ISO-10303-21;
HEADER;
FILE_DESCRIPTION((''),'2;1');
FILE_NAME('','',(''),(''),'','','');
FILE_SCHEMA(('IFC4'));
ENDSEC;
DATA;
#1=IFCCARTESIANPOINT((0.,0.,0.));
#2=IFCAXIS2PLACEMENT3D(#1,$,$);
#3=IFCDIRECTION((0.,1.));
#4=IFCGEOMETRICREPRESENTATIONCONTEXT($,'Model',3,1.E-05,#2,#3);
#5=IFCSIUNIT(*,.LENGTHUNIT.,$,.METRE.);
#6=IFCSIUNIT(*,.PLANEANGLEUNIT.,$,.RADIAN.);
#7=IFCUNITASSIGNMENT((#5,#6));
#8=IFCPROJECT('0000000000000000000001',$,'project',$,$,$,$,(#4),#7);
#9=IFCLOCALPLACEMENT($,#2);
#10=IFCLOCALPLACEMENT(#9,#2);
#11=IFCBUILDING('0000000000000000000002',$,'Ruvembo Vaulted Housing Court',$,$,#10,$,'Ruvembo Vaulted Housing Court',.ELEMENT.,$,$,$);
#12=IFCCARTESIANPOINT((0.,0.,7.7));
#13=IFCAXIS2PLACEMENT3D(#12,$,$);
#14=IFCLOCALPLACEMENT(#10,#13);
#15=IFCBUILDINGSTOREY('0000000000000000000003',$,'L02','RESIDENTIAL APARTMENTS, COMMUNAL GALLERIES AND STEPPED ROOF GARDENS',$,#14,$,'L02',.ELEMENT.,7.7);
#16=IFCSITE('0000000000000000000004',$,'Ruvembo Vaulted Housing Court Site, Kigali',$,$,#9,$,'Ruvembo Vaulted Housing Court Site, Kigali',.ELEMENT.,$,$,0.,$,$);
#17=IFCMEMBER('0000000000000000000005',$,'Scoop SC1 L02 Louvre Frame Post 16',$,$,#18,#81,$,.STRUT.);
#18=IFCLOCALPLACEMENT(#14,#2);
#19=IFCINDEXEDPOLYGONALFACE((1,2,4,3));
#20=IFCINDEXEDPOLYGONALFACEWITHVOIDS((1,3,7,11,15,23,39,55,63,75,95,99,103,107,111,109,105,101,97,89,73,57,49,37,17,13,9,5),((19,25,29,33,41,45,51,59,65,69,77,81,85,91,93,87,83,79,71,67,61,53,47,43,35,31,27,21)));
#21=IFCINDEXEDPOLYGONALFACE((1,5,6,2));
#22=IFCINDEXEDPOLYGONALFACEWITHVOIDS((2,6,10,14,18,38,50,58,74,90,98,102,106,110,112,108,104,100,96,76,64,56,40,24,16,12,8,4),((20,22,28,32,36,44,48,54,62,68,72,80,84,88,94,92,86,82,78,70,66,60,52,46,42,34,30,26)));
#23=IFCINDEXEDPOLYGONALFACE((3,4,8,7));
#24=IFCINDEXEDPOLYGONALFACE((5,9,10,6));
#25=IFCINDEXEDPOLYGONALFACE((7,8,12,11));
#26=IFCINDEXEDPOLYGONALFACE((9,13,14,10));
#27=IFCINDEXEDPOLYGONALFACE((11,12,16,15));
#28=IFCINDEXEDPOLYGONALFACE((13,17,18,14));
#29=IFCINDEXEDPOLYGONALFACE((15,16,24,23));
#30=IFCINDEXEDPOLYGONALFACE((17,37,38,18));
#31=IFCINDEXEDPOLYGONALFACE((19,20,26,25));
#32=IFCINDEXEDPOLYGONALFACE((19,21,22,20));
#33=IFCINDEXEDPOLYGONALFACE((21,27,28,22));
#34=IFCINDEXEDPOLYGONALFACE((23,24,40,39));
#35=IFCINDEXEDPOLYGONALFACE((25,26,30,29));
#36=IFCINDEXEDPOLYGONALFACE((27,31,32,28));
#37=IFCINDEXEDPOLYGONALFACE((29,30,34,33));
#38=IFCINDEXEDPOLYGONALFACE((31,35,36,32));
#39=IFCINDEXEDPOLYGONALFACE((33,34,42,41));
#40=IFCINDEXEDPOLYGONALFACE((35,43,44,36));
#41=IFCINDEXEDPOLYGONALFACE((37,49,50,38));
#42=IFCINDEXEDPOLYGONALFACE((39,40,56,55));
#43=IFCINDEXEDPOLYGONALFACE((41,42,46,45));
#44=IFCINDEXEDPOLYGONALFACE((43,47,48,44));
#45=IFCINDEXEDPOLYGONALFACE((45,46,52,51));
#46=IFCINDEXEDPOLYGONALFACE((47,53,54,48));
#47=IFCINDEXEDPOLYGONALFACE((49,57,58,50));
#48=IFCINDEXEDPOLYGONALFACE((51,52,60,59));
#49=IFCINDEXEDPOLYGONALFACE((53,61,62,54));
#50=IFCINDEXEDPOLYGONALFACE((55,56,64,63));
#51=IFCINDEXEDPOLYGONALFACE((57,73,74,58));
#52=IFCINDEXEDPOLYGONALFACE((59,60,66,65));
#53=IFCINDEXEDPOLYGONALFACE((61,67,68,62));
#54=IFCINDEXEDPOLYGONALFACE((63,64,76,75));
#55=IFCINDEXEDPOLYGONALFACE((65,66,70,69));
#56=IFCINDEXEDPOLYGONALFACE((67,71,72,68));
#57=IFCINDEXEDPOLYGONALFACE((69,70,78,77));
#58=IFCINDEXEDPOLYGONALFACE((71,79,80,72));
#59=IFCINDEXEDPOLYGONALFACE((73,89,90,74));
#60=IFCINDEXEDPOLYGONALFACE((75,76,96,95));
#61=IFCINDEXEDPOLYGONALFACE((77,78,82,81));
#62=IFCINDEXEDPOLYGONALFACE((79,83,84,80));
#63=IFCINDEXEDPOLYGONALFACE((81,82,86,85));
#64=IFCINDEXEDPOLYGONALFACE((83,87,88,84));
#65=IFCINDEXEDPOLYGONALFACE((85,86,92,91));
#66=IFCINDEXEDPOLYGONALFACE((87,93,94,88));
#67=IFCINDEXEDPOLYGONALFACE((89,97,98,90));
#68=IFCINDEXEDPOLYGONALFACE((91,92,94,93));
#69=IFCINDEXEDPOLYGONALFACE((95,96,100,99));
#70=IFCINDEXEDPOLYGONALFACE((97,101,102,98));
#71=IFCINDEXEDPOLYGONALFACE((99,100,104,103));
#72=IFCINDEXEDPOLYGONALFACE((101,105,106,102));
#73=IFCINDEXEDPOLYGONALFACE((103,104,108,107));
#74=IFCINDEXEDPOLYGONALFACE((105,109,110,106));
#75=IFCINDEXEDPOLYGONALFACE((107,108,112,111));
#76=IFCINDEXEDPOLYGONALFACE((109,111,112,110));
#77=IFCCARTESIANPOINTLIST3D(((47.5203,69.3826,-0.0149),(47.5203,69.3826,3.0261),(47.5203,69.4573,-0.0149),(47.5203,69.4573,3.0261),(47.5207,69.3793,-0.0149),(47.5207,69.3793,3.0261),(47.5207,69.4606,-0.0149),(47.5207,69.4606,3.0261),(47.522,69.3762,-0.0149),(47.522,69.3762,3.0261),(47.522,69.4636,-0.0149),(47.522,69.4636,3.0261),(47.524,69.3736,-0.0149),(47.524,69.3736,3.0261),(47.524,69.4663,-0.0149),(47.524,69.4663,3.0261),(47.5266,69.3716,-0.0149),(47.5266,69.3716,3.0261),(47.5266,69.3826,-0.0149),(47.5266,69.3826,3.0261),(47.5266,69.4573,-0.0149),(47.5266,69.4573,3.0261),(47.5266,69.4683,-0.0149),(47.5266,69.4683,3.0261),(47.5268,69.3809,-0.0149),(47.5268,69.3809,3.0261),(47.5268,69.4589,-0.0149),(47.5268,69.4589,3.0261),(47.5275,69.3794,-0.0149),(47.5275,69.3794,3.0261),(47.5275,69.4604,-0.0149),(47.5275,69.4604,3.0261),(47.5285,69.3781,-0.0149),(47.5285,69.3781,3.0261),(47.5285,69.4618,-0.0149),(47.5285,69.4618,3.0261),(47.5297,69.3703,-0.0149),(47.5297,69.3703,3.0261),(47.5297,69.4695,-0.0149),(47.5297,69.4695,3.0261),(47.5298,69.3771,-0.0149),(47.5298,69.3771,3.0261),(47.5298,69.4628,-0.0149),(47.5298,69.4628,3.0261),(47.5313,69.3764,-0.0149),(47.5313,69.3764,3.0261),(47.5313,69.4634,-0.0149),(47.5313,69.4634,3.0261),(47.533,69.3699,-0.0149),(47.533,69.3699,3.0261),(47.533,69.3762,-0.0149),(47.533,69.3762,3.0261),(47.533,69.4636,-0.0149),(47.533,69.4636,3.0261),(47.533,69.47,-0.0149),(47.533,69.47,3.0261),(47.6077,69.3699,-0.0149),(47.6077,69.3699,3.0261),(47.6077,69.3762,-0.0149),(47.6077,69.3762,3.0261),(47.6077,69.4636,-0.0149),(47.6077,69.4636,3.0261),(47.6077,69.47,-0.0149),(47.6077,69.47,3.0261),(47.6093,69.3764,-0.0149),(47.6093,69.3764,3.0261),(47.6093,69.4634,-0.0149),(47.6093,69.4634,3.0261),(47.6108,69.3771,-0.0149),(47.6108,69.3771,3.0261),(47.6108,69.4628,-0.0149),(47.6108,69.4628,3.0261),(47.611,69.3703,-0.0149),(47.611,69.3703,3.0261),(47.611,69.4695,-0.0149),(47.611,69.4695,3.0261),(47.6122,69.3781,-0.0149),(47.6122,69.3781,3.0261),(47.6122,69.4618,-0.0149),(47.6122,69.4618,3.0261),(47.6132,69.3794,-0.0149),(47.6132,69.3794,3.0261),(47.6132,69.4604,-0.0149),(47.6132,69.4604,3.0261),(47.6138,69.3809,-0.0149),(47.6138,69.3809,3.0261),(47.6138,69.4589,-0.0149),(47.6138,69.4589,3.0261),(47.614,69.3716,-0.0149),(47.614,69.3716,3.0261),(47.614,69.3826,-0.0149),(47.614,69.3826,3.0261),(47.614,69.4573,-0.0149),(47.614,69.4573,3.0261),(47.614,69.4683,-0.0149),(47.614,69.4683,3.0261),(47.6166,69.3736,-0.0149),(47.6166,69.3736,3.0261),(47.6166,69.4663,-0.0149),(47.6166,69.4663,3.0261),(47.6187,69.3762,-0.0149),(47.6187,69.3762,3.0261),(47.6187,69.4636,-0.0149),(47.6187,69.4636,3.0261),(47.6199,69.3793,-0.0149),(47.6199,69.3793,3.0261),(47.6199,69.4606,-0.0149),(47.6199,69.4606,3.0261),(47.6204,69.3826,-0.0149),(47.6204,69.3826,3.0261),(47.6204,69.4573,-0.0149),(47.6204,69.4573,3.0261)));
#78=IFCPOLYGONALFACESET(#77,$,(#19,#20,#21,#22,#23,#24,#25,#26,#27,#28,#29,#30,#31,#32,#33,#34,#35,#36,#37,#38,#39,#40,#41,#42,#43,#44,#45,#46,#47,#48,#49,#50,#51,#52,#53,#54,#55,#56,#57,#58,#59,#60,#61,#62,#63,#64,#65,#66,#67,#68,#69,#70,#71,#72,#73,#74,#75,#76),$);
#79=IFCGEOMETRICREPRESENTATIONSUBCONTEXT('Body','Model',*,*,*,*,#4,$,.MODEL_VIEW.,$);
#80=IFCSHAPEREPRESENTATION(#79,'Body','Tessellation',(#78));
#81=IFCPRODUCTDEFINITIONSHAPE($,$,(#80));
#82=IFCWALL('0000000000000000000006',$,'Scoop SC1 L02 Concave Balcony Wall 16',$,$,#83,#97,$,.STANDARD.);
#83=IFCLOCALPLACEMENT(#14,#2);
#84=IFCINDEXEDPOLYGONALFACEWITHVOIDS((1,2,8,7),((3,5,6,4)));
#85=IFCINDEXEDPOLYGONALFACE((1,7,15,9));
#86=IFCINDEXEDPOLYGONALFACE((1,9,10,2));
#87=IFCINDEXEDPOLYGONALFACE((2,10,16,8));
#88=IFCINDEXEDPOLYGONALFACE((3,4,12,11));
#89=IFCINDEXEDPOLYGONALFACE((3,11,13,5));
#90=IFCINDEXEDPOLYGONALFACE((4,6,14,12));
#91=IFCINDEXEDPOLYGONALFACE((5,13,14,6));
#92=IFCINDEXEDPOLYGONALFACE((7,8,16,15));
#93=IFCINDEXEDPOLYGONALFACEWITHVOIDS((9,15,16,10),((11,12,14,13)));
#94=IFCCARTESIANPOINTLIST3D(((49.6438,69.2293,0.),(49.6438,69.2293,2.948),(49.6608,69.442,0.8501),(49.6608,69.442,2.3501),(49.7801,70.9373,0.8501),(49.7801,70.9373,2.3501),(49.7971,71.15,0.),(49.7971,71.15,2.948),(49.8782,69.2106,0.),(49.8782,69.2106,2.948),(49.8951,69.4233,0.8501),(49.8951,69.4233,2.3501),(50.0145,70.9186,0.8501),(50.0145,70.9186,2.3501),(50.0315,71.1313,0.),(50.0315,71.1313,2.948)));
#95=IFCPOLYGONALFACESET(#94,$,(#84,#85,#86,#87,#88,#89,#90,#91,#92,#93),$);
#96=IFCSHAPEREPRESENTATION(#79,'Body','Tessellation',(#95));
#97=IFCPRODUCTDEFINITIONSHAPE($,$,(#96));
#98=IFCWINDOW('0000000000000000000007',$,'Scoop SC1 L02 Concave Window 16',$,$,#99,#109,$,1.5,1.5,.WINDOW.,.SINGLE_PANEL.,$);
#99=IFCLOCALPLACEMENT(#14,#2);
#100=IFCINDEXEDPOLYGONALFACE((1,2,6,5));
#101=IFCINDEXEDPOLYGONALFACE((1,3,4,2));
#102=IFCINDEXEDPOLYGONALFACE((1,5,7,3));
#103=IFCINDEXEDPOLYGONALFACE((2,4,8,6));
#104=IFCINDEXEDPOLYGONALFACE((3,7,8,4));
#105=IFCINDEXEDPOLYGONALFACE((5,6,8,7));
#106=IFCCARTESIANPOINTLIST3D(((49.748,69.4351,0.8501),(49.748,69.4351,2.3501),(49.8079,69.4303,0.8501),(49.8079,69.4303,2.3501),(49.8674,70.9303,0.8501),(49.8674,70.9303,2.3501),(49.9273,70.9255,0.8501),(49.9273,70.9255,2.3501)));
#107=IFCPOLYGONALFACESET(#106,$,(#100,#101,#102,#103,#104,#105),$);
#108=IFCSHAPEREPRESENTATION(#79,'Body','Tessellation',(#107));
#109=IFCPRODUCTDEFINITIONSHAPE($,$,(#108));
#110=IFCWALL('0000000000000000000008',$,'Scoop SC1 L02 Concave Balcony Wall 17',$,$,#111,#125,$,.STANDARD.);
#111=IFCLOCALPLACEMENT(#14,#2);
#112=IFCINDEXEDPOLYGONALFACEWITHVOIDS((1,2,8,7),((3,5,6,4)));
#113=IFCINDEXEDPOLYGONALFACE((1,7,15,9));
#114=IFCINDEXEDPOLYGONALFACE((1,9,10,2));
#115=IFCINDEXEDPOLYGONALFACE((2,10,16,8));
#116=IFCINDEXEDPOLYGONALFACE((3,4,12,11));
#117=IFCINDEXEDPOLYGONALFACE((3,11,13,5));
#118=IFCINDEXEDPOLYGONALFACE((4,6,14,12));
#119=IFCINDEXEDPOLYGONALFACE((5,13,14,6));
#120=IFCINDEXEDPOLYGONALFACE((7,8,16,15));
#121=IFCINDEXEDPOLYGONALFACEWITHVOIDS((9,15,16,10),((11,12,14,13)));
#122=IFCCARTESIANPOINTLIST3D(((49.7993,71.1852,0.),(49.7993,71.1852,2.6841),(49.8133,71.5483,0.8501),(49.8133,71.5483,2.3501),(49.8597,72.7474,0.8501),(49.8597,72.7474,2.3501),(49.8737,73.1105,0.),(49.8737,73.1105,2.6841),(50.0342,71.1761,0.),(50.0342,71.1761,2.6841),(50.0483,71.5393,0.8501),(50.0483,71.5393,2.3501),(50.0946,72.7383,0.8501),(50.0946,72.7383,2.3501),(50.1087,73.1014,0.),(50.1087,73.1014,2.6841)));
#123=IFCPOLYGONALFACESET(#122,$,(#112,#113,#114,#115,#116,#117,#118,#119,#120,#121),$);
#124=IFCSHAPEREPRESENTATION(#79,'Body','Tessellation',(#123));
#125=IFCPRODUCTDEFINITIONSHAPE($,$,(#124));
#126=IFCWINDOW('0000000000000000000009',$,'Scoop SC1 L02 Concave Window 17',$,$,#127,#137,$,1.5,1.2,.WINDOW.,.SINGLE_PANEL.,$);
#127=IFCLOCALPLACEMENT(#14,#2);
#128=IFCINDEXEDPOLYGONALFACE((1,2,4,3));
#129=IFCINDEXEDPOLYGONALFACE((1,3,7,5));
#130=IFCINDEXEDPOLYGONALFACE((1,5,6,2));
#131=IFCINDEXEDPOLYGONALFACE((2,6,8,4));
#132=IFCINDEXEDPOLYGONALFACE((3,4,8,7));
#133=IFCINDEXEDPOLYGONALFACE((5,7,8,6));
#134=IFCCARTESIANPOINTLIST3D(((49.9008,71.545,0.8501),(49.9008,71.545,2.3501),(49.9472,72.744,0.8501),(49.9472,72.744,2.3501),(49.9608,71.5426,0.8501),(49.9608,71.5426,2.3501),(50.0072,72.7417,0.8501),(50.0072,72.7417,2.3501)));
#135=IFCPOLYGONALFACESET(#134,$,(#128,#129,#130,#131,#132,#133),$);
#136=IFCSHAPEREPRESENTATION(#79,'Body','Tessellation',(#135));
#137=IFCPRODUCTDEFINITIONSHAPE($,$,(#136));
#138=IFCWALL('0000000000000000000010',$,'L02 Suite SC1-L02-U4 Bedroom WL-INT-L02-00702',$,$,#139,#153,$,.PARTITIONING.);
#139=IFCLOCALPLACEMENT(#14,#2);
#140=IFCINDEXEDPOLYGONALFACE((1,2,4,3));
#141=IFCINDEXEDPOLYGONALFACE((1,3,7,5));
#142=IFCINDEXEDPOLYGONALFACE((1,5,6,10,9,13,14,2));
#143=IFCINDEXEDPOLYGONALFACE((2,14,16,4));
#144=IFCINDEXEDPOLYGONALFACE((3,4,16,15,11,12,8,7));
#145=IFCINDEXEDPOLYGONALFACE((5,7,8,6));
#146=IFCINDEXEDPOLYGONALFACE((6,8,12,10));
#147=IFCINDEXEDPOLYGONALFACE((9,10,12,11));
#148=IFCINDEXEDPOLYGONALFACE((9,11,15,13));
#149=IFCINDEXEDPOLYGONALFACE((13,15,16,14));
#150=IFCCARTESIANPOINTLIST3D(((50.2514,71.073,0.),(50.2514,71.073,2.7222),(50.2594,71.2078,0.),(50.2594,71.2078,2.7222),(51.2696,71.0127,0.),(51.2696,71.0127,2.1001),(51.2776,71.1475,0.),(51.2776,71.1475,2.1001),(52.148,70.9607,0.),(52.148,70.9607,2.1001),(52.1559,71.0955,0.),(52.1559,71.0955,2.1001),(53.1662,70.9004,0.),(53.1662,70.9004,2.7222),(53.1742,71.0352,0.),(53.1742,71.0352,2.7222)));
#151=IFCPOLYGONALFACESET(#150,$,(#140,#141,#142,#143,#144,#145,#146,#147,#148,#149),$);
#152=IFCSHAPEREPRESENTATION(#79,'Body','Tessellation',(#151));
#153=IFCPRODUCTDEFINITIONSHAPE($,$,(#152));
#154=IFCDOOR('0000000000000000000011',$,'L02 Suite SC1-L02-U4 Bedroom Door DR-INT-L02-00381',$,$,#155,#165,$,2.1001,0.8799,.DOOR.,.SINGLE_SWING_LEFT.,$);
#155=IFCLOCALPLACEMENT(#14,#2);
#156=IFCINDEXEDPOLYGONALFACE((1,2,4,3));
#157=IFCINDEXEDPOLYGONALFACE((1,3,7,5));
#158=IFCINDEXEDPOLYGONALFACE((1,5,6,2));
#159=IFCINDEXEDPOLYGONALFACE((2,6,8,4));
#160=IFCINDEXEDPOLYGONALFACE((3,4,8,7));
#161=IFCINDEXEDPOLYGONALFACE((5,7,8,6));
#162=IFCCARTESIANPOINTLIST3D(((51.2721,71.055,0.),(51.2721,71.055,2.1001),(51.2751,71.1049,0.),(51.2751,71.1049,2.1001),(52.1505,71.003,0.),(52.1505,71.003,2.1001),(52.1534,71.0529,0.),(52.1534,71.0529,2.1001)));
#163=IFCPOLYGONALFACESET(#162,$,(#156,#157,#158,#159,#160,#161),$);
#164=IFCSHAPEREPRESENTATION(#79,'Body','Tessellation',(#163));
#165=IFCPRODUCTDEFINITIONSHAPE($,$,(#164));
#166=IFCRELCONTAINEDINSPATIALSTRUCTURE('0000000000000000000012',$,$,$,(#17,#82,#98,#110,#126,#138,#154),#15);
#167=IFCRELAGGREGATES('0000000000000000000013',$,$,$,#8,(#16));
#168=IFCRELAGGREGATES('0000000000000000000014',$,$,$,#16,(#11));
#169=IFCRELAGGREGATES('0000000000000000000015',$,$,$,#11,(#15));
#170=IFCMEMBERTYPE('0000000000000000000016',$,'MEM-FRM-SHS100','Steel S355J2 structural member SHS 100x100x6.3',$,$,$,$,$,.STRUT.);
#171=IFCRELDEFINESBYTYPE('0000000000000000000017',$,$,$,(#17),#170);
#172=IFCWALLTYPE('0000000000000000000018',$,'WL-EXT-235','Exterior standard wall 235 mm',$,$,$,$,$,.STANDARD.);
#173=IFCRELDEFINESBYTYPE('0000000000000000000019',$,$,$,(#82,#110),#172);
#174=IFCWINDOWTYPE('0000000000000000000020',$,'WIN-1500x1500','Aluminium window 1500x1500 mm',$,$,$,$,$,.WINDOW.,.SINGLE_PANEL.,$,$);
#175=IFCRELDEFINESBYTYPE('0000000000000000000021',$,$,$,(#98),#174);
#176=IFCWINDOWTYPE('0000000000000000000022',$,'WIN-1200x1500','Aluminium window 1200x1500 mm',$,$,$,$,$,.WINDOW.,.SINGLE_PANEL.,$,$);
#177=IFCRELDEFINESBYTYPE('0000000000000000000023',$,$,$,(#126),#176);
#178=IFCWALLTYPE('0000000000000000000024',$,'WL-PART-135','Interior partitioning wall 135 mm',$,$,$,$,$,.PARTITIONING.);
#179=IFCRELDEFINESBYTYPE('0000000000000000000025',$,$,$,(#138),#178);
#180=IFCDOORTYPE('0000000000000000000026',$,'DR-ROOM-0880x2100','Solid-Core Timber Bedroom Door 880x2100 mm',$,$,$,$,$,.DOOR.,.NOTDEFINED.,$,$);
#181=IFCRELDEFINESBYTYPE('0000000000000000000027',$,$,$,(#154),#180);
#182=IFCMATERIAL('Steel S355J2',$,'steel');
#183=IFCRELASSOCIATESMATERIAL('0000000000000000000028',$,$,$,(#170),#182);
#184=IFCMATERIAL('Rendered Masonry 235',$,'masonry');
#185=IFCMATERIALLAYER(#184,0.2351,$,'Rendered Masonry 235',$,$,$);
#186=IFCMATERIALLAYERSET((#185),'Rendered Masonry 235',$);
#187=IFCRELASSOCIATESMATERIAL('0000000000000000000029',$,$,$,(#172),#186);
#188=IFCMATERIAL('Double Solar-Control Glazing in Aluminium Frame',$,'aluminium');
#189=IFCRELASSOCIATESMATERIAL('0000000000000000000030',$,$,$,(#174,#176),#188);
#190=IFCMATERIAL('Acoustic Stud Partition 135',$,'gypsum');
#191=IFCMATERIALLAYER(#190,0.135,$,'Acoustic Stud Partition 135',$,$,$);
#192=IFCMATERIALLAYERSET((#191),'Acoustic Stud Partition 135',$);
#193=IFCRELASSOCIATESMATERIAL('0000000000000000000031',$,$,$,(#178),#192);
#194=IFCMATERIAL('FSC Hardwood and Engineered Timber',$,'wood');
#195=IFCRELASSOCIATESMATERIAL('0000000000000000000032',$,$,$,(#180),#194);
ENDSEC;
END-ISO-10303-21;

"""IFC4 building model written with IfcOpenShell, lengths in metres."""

from ifc_helpers import new_model, si_unit, direction, frame, frame_2d, origin, origin_2d, place, context, subcontext, project, spatial, rectangle, hollow_rectangle, extrude, material, layer, layer_set, material_profile, profile_set, type_object, element, fill, save


model = new_model("IFC4")

# Units and contexts
model_context = context("Model", 3, precision=1e-05, world=origin(), true_north=direction((0.0, 1.0)))
body_context = subcontext(model_context, "Body", "Model", "MODEL_VIEW")
ifc_project = project(units=[si_unit("LENGTHUNIT", "METRE"), si_unit("PLANEANGLEUNIT", "RADIAN")], contexts=[model_context])

# Site, building, storey
site_placement = place(None, origin())
site = spatial("IfcSite", under=ifc_project, at=site_placement, Name="Ruvembo Vaulted Housing Court Site, Kigali", LongName="Ruvembo Vaulted Housing Court Site, Kigali", CompositionType="ELEMENT", RefElevation=0.0)
building_placement = place(site_placement, origin())
building = spatial("IfcBuilding", under=site, at=building_placement, Name="Ruvembo Vaulted Housing Court", LongName="Ruvembo Vaulted Housing Court", CompositionType="ELEMENT")
storey_placement = place(building_placement, frame((0.0, 0.0, 7.7)))
storey = spatial("IfcBuildingStorey", under=building, at=storey_placement, Name="L02", Description="RESIDENTIAL APARTMENTS, COMMUNAL GALLERIES AND STEPPED ROOF GARDENS", LongName="L02", CompositionType="ELEMENT", Elevation=7.7)

# Shared definitions
ifc_material_1 = material(Name="Steel S355J2", Category="steel")

# Member
ifc_material_profile_1 = material_profile(ifc_material_1, hollow_rectangle(XDim=0.1001, YDim=0.1001, WallThickness=0.0063, InnerFilletRadius=0.0063, OuterFilletRadius=0.0127, at=origin_2d()), Name="SHS 100x100x6.3")
ifc_profile_set_1 = profile_set([ifc_material_profile_1], Name="Steel S355J2")
member_type_1 = type_object("IfcMemberType", Name="MEM-FRM-SHS100", Description="Steel S355J2 structural member SHS 100x100x6.3", PredefinedType="STRUT", material=ifc_profile_set_1)
for number, where, z_axis, x_axis, name in (
    (1, (47.5703, 69.4199, -0.0149), (0.0, 0.0, 1.0), (1.0, 0.0, 0.0), "Scoop SC1 L02 Louvre Frame Post 16"),
):
    element("IfcMember", number, at=place(storey_placement, frame(where, z_axis=z_axis, x_axis=x_axis)), inside=storey, type_object=member_type_1, Name=name, PredefinedType="STRUT", context=body_context, shape_type="SweptSolid", body=[
        extrude(hollow_rectangle(XDim=0.1001, YDim=0.1001, WallThickness=0.0063, InnerFilletRadius=0.0063, OuterFilletRadius=0.0127, at=origin_2d()), origin(), (0.0, 0.0, 1.0), 3.041),
    ])

# Walls, openings, windows
ifc_material_2 = material(Name="Rendered Masonry 235", Category="masonry")
ifc_layer_1 = layer(ifc_material_2, 0.2351, Name="Rendered Masonry 235")
ifc_layer_set_1 = layer_set([ifc_layer_1], Name="Rendered Masonry 235")
wall_type_1 = type_object("IfcWallType", Name="WL-EXT-235", Description="Exterior standard wall 235 mm", PredefinedType="STANDARD", material=ifc_layer_set_1)
wall_1_placement = place(storey_placement, frame((49.761, 69.22, 0.0), z_axis=(0.0, 0.0, 1.0), x_axis=(0.079574, 0.996829, 0.0)))
wall_1 = element("IfcWall", 2, at=wall_1_placement, inside=storey, type_object=wall_type_1, Name="Scoop SC1 L02 Concave Balcony Wall 16", PredefinedType="STANDARD", context=body_context, shape_type="SweptSolid", body=[
    extrude(rectangle(XDim=1.9268, YDim=0.2351, at=frame_2d((0.9634, 0.0))), origin(), (0.0, 0.0, 1.0), 2.948),
])
opening_1_placement = place(wall_1_placement, frame((0.2134, 0.0, 0.8501)))
opening_1 = element("IfcOpeningElement", 3, at=opening_1_placement, cuts=wall_1, PredefinedType="OPENING", context=body_context, shape_type="SweptSolid", body=[
    extrude(rectangle(XDim=1.5, YDim=1.5, at=frame_2d((0.75, 0.75))), frame((0.0, 0.1274, 0.0), z_axis=(0.0, -1.0, 0.0), x_axis=(1.0, 0.0, 0.0)), (0.0, 0.0, 1.0), 0.2551),
])
ifc_material_3 = material(Name="Double Solar-Control Glazing in Aluminium Frame", Category="aluminium")
window_type_1 = type_object("IfcWindowType", Name="WIN-1500x1500", Description="Aluminium window 1500x1500 mm", PartitioningType="SINGLE_PANEL", PredefinedType="WINDOW", material=ifc_material_3)
window_1_placement = place(opening_1_placement, origin())
window_1 = element("IfcWindow", 4, at=window_1_placement, inside=storey, type_object=window_type_1, Name="Scoop SC1 L02 Concave Window 16", OverallHeight=1.5, OverallWidth=1.5, PartitioningType="SINGLE_PANEL", PredefinedType="WINDOW", context=body_context, shape_type="SweptSolid", body=[
    extrude(rectangle(XDim=1.5, YDim=1.5, at=frame_2d((0.75, 0.75))), frame((0.0, 0.03, 0.0), z_axis=(0.0, -1.0, 0.0), x_axis=(1.0, 0.0, 0.0)), (0.0, 0.0, 1.0), 0.0601),
])
fill(opening_1, window_1)
wall_2_placement = place(storey_placement, frame((49.9167, 71.1807, 0.0), z_axis=(0.0, 0.0, 1.0), x_axis=(0.038647, 0.999253, 0.0)))
wall_2 = element("IfcWall", 5, at=wall_2_placement, inside=storey, type_object=wall_type_1, Name="Scoop SC1 L02 Concave Balcony Wall 17", PredefinedType="STANDARD", context=body_context, shape_type="SweptSolid", body=[
    extrude(rectangle(XDim=1.9268, YDim=0.2351, at=frame_2d((0.9634, 0.0))), origin(), (0.0, 0.0, 1.0), 2.6841),
])
opening_2_placement = place(wall_2_placement, frame((0.3633, 0.0, 0.8501)))
opening_2 = element("IfcOpeningElement", 6, at=opening_2_placement, cuts=wall_2, PredefinedType="OPENING", context=body_context, shape_type="SweptSolid", body=[
    extrude(rectangle(XDim=1.2, YDim=1.5, at=frame_2d((0.6001, 0.75))), frame((0.0, 0.1274, 0.0), z_axis=(0.0, -1.0, 0.0), x_axis=(1.0, 0.0, 0.0)), (0.0, 0.0, 1.0), 0.2551),
])
window_type_2 = type_object("IfcWindowType", Name="WIN-1200x1500", Description="Aluminium window 1200x1500 mm", PartitioningType="SINGLE_PANEL", PredefinedType="WINDOW", material=ifc_material_3)
window_2_placement = place(opening_2_placement, origin())
window_2 = element("IfcWindow", 7, at=window_2_placement, inside=storey, type_object=window_type_2, Name="Scoop SC1 L02 Concave Window 17", OverallHeight=1.5, OverallWidth=1.2, PartitioningType="SINGLE_PANEL", PredefinedType="WINDOW", context=body_context, shape_type="SweptSolid", body=[
    extrude(rectangle(XDim=1.2, YDim=1.5, at=frame_2d((0.6001, 0.75))), frame((0.0, 0.03, 0.0), z_axis=(0.0, -1.0, 0.0), x_axis=(1.0, 0.0, 0.0)), (0.0, 0.0, 1.0), 0.0601),
])
fill(opening_2, window_2)

# Wall, opening, door
ifc_material_4 = material(Name="Acoustic Stud Partition 135", Category="gypsum")
ifc_layer_2 = layer(ifc_material_4, 0.135, Name="Acoustic Stud Partition 135")
ifc_layer_set_2 = layer_set([ifc_layer_2], Name="Acoustic Stud Partition 135")
wall_type_2 = type_object("IfcWallType", Name="WL-PART-135", Description="Interior partitioning wall 135 mm", PredefinedType="PARTITIONING", material=ifc_layer_set_2)
wall_3_placement = place(storey_placement, frame((50.2554, 71.1404, 0.0), z_axis=(0.0, 0.0, 1.0), x_axis=(0.998251, -0.059114, 0.0)))
wall_3 = element("IfcWall", 8, at=wall_3_placement, inside=storey, type_object=wall_type_2, Name="L02 Suite SC1-L02-U4 Bedroom WL-INT-L02-00702", PredefinedType="PARTITIONING", context=body_context, shape_type="SweptSolid", body=[
    extrude(rectangle(XDim=2.9199, YDim=0.135, at=frame_2d((1.46, 0.0))), origin(), (0.0, 0.0, 1.0), 2.7222),
])
opening_3_placement = place(wall_3_placement, frame((1.02, 0.0, 0.0)))
opening_3 = element("IfcOpeningElement", 9, at=opening_3_placement, cuts=wall_3, PredefinedType="OPENING", context=body_context, shape_type="SweptSolid", body=[
    extrude(rectangle(XDim=0.8799, YDim=2.1001, at=frame_2d((0.4399, 1.05))), frame((0.0, 0.0774, 0.0), z_axis=(0.0, -1.0, 0.0), x_axis=(1.0, 0.0, 0.0)), (0.0, 0.0, 1.0), 0.155),
])
ifc_material_5 = material(Name="FSC Hardwood and Engineered Timber", Category="wood")
door_type_1 = type_object("IfcDoorType", Name="DR-ROOM-0880x2100", Description="Solid-Core Timber Bedroom Door 880x2100 mm", OperationType="NOTDEFINED", PredefinedType="DOOR", material=ifc_material_5)
door_1_placement = place(opening_3_placement, origin())
door_1 = element("IfcDoor", 10, at=door_1_placement, inside=storey, type_object=door_type_1, Name="L02 Suite SC1-L02-U4 Bedroom Door DR-INT-L02-00381", OperationType="SINGLE_SWING_LEFT", OverallHeight=2.1001, OverallWidth=0.8799, PredefinedType="DOOR", context=body_context, shape_type="SweptSolid", body=[
    extrude(rectangle(XDim=0.8799, YDim=2.1001, at=frame_2d((0.4399, 1.05))), frame((0.0, 0.0249, 0.0), z_axis=(0.0, -1.0, 0.0), x_axis=(1.0, 0.0, 0.0)), (0.0, 0.0, 1.0), 0.05),
])
fill(opening_3, door_1)

save(model, "model.ifc")
